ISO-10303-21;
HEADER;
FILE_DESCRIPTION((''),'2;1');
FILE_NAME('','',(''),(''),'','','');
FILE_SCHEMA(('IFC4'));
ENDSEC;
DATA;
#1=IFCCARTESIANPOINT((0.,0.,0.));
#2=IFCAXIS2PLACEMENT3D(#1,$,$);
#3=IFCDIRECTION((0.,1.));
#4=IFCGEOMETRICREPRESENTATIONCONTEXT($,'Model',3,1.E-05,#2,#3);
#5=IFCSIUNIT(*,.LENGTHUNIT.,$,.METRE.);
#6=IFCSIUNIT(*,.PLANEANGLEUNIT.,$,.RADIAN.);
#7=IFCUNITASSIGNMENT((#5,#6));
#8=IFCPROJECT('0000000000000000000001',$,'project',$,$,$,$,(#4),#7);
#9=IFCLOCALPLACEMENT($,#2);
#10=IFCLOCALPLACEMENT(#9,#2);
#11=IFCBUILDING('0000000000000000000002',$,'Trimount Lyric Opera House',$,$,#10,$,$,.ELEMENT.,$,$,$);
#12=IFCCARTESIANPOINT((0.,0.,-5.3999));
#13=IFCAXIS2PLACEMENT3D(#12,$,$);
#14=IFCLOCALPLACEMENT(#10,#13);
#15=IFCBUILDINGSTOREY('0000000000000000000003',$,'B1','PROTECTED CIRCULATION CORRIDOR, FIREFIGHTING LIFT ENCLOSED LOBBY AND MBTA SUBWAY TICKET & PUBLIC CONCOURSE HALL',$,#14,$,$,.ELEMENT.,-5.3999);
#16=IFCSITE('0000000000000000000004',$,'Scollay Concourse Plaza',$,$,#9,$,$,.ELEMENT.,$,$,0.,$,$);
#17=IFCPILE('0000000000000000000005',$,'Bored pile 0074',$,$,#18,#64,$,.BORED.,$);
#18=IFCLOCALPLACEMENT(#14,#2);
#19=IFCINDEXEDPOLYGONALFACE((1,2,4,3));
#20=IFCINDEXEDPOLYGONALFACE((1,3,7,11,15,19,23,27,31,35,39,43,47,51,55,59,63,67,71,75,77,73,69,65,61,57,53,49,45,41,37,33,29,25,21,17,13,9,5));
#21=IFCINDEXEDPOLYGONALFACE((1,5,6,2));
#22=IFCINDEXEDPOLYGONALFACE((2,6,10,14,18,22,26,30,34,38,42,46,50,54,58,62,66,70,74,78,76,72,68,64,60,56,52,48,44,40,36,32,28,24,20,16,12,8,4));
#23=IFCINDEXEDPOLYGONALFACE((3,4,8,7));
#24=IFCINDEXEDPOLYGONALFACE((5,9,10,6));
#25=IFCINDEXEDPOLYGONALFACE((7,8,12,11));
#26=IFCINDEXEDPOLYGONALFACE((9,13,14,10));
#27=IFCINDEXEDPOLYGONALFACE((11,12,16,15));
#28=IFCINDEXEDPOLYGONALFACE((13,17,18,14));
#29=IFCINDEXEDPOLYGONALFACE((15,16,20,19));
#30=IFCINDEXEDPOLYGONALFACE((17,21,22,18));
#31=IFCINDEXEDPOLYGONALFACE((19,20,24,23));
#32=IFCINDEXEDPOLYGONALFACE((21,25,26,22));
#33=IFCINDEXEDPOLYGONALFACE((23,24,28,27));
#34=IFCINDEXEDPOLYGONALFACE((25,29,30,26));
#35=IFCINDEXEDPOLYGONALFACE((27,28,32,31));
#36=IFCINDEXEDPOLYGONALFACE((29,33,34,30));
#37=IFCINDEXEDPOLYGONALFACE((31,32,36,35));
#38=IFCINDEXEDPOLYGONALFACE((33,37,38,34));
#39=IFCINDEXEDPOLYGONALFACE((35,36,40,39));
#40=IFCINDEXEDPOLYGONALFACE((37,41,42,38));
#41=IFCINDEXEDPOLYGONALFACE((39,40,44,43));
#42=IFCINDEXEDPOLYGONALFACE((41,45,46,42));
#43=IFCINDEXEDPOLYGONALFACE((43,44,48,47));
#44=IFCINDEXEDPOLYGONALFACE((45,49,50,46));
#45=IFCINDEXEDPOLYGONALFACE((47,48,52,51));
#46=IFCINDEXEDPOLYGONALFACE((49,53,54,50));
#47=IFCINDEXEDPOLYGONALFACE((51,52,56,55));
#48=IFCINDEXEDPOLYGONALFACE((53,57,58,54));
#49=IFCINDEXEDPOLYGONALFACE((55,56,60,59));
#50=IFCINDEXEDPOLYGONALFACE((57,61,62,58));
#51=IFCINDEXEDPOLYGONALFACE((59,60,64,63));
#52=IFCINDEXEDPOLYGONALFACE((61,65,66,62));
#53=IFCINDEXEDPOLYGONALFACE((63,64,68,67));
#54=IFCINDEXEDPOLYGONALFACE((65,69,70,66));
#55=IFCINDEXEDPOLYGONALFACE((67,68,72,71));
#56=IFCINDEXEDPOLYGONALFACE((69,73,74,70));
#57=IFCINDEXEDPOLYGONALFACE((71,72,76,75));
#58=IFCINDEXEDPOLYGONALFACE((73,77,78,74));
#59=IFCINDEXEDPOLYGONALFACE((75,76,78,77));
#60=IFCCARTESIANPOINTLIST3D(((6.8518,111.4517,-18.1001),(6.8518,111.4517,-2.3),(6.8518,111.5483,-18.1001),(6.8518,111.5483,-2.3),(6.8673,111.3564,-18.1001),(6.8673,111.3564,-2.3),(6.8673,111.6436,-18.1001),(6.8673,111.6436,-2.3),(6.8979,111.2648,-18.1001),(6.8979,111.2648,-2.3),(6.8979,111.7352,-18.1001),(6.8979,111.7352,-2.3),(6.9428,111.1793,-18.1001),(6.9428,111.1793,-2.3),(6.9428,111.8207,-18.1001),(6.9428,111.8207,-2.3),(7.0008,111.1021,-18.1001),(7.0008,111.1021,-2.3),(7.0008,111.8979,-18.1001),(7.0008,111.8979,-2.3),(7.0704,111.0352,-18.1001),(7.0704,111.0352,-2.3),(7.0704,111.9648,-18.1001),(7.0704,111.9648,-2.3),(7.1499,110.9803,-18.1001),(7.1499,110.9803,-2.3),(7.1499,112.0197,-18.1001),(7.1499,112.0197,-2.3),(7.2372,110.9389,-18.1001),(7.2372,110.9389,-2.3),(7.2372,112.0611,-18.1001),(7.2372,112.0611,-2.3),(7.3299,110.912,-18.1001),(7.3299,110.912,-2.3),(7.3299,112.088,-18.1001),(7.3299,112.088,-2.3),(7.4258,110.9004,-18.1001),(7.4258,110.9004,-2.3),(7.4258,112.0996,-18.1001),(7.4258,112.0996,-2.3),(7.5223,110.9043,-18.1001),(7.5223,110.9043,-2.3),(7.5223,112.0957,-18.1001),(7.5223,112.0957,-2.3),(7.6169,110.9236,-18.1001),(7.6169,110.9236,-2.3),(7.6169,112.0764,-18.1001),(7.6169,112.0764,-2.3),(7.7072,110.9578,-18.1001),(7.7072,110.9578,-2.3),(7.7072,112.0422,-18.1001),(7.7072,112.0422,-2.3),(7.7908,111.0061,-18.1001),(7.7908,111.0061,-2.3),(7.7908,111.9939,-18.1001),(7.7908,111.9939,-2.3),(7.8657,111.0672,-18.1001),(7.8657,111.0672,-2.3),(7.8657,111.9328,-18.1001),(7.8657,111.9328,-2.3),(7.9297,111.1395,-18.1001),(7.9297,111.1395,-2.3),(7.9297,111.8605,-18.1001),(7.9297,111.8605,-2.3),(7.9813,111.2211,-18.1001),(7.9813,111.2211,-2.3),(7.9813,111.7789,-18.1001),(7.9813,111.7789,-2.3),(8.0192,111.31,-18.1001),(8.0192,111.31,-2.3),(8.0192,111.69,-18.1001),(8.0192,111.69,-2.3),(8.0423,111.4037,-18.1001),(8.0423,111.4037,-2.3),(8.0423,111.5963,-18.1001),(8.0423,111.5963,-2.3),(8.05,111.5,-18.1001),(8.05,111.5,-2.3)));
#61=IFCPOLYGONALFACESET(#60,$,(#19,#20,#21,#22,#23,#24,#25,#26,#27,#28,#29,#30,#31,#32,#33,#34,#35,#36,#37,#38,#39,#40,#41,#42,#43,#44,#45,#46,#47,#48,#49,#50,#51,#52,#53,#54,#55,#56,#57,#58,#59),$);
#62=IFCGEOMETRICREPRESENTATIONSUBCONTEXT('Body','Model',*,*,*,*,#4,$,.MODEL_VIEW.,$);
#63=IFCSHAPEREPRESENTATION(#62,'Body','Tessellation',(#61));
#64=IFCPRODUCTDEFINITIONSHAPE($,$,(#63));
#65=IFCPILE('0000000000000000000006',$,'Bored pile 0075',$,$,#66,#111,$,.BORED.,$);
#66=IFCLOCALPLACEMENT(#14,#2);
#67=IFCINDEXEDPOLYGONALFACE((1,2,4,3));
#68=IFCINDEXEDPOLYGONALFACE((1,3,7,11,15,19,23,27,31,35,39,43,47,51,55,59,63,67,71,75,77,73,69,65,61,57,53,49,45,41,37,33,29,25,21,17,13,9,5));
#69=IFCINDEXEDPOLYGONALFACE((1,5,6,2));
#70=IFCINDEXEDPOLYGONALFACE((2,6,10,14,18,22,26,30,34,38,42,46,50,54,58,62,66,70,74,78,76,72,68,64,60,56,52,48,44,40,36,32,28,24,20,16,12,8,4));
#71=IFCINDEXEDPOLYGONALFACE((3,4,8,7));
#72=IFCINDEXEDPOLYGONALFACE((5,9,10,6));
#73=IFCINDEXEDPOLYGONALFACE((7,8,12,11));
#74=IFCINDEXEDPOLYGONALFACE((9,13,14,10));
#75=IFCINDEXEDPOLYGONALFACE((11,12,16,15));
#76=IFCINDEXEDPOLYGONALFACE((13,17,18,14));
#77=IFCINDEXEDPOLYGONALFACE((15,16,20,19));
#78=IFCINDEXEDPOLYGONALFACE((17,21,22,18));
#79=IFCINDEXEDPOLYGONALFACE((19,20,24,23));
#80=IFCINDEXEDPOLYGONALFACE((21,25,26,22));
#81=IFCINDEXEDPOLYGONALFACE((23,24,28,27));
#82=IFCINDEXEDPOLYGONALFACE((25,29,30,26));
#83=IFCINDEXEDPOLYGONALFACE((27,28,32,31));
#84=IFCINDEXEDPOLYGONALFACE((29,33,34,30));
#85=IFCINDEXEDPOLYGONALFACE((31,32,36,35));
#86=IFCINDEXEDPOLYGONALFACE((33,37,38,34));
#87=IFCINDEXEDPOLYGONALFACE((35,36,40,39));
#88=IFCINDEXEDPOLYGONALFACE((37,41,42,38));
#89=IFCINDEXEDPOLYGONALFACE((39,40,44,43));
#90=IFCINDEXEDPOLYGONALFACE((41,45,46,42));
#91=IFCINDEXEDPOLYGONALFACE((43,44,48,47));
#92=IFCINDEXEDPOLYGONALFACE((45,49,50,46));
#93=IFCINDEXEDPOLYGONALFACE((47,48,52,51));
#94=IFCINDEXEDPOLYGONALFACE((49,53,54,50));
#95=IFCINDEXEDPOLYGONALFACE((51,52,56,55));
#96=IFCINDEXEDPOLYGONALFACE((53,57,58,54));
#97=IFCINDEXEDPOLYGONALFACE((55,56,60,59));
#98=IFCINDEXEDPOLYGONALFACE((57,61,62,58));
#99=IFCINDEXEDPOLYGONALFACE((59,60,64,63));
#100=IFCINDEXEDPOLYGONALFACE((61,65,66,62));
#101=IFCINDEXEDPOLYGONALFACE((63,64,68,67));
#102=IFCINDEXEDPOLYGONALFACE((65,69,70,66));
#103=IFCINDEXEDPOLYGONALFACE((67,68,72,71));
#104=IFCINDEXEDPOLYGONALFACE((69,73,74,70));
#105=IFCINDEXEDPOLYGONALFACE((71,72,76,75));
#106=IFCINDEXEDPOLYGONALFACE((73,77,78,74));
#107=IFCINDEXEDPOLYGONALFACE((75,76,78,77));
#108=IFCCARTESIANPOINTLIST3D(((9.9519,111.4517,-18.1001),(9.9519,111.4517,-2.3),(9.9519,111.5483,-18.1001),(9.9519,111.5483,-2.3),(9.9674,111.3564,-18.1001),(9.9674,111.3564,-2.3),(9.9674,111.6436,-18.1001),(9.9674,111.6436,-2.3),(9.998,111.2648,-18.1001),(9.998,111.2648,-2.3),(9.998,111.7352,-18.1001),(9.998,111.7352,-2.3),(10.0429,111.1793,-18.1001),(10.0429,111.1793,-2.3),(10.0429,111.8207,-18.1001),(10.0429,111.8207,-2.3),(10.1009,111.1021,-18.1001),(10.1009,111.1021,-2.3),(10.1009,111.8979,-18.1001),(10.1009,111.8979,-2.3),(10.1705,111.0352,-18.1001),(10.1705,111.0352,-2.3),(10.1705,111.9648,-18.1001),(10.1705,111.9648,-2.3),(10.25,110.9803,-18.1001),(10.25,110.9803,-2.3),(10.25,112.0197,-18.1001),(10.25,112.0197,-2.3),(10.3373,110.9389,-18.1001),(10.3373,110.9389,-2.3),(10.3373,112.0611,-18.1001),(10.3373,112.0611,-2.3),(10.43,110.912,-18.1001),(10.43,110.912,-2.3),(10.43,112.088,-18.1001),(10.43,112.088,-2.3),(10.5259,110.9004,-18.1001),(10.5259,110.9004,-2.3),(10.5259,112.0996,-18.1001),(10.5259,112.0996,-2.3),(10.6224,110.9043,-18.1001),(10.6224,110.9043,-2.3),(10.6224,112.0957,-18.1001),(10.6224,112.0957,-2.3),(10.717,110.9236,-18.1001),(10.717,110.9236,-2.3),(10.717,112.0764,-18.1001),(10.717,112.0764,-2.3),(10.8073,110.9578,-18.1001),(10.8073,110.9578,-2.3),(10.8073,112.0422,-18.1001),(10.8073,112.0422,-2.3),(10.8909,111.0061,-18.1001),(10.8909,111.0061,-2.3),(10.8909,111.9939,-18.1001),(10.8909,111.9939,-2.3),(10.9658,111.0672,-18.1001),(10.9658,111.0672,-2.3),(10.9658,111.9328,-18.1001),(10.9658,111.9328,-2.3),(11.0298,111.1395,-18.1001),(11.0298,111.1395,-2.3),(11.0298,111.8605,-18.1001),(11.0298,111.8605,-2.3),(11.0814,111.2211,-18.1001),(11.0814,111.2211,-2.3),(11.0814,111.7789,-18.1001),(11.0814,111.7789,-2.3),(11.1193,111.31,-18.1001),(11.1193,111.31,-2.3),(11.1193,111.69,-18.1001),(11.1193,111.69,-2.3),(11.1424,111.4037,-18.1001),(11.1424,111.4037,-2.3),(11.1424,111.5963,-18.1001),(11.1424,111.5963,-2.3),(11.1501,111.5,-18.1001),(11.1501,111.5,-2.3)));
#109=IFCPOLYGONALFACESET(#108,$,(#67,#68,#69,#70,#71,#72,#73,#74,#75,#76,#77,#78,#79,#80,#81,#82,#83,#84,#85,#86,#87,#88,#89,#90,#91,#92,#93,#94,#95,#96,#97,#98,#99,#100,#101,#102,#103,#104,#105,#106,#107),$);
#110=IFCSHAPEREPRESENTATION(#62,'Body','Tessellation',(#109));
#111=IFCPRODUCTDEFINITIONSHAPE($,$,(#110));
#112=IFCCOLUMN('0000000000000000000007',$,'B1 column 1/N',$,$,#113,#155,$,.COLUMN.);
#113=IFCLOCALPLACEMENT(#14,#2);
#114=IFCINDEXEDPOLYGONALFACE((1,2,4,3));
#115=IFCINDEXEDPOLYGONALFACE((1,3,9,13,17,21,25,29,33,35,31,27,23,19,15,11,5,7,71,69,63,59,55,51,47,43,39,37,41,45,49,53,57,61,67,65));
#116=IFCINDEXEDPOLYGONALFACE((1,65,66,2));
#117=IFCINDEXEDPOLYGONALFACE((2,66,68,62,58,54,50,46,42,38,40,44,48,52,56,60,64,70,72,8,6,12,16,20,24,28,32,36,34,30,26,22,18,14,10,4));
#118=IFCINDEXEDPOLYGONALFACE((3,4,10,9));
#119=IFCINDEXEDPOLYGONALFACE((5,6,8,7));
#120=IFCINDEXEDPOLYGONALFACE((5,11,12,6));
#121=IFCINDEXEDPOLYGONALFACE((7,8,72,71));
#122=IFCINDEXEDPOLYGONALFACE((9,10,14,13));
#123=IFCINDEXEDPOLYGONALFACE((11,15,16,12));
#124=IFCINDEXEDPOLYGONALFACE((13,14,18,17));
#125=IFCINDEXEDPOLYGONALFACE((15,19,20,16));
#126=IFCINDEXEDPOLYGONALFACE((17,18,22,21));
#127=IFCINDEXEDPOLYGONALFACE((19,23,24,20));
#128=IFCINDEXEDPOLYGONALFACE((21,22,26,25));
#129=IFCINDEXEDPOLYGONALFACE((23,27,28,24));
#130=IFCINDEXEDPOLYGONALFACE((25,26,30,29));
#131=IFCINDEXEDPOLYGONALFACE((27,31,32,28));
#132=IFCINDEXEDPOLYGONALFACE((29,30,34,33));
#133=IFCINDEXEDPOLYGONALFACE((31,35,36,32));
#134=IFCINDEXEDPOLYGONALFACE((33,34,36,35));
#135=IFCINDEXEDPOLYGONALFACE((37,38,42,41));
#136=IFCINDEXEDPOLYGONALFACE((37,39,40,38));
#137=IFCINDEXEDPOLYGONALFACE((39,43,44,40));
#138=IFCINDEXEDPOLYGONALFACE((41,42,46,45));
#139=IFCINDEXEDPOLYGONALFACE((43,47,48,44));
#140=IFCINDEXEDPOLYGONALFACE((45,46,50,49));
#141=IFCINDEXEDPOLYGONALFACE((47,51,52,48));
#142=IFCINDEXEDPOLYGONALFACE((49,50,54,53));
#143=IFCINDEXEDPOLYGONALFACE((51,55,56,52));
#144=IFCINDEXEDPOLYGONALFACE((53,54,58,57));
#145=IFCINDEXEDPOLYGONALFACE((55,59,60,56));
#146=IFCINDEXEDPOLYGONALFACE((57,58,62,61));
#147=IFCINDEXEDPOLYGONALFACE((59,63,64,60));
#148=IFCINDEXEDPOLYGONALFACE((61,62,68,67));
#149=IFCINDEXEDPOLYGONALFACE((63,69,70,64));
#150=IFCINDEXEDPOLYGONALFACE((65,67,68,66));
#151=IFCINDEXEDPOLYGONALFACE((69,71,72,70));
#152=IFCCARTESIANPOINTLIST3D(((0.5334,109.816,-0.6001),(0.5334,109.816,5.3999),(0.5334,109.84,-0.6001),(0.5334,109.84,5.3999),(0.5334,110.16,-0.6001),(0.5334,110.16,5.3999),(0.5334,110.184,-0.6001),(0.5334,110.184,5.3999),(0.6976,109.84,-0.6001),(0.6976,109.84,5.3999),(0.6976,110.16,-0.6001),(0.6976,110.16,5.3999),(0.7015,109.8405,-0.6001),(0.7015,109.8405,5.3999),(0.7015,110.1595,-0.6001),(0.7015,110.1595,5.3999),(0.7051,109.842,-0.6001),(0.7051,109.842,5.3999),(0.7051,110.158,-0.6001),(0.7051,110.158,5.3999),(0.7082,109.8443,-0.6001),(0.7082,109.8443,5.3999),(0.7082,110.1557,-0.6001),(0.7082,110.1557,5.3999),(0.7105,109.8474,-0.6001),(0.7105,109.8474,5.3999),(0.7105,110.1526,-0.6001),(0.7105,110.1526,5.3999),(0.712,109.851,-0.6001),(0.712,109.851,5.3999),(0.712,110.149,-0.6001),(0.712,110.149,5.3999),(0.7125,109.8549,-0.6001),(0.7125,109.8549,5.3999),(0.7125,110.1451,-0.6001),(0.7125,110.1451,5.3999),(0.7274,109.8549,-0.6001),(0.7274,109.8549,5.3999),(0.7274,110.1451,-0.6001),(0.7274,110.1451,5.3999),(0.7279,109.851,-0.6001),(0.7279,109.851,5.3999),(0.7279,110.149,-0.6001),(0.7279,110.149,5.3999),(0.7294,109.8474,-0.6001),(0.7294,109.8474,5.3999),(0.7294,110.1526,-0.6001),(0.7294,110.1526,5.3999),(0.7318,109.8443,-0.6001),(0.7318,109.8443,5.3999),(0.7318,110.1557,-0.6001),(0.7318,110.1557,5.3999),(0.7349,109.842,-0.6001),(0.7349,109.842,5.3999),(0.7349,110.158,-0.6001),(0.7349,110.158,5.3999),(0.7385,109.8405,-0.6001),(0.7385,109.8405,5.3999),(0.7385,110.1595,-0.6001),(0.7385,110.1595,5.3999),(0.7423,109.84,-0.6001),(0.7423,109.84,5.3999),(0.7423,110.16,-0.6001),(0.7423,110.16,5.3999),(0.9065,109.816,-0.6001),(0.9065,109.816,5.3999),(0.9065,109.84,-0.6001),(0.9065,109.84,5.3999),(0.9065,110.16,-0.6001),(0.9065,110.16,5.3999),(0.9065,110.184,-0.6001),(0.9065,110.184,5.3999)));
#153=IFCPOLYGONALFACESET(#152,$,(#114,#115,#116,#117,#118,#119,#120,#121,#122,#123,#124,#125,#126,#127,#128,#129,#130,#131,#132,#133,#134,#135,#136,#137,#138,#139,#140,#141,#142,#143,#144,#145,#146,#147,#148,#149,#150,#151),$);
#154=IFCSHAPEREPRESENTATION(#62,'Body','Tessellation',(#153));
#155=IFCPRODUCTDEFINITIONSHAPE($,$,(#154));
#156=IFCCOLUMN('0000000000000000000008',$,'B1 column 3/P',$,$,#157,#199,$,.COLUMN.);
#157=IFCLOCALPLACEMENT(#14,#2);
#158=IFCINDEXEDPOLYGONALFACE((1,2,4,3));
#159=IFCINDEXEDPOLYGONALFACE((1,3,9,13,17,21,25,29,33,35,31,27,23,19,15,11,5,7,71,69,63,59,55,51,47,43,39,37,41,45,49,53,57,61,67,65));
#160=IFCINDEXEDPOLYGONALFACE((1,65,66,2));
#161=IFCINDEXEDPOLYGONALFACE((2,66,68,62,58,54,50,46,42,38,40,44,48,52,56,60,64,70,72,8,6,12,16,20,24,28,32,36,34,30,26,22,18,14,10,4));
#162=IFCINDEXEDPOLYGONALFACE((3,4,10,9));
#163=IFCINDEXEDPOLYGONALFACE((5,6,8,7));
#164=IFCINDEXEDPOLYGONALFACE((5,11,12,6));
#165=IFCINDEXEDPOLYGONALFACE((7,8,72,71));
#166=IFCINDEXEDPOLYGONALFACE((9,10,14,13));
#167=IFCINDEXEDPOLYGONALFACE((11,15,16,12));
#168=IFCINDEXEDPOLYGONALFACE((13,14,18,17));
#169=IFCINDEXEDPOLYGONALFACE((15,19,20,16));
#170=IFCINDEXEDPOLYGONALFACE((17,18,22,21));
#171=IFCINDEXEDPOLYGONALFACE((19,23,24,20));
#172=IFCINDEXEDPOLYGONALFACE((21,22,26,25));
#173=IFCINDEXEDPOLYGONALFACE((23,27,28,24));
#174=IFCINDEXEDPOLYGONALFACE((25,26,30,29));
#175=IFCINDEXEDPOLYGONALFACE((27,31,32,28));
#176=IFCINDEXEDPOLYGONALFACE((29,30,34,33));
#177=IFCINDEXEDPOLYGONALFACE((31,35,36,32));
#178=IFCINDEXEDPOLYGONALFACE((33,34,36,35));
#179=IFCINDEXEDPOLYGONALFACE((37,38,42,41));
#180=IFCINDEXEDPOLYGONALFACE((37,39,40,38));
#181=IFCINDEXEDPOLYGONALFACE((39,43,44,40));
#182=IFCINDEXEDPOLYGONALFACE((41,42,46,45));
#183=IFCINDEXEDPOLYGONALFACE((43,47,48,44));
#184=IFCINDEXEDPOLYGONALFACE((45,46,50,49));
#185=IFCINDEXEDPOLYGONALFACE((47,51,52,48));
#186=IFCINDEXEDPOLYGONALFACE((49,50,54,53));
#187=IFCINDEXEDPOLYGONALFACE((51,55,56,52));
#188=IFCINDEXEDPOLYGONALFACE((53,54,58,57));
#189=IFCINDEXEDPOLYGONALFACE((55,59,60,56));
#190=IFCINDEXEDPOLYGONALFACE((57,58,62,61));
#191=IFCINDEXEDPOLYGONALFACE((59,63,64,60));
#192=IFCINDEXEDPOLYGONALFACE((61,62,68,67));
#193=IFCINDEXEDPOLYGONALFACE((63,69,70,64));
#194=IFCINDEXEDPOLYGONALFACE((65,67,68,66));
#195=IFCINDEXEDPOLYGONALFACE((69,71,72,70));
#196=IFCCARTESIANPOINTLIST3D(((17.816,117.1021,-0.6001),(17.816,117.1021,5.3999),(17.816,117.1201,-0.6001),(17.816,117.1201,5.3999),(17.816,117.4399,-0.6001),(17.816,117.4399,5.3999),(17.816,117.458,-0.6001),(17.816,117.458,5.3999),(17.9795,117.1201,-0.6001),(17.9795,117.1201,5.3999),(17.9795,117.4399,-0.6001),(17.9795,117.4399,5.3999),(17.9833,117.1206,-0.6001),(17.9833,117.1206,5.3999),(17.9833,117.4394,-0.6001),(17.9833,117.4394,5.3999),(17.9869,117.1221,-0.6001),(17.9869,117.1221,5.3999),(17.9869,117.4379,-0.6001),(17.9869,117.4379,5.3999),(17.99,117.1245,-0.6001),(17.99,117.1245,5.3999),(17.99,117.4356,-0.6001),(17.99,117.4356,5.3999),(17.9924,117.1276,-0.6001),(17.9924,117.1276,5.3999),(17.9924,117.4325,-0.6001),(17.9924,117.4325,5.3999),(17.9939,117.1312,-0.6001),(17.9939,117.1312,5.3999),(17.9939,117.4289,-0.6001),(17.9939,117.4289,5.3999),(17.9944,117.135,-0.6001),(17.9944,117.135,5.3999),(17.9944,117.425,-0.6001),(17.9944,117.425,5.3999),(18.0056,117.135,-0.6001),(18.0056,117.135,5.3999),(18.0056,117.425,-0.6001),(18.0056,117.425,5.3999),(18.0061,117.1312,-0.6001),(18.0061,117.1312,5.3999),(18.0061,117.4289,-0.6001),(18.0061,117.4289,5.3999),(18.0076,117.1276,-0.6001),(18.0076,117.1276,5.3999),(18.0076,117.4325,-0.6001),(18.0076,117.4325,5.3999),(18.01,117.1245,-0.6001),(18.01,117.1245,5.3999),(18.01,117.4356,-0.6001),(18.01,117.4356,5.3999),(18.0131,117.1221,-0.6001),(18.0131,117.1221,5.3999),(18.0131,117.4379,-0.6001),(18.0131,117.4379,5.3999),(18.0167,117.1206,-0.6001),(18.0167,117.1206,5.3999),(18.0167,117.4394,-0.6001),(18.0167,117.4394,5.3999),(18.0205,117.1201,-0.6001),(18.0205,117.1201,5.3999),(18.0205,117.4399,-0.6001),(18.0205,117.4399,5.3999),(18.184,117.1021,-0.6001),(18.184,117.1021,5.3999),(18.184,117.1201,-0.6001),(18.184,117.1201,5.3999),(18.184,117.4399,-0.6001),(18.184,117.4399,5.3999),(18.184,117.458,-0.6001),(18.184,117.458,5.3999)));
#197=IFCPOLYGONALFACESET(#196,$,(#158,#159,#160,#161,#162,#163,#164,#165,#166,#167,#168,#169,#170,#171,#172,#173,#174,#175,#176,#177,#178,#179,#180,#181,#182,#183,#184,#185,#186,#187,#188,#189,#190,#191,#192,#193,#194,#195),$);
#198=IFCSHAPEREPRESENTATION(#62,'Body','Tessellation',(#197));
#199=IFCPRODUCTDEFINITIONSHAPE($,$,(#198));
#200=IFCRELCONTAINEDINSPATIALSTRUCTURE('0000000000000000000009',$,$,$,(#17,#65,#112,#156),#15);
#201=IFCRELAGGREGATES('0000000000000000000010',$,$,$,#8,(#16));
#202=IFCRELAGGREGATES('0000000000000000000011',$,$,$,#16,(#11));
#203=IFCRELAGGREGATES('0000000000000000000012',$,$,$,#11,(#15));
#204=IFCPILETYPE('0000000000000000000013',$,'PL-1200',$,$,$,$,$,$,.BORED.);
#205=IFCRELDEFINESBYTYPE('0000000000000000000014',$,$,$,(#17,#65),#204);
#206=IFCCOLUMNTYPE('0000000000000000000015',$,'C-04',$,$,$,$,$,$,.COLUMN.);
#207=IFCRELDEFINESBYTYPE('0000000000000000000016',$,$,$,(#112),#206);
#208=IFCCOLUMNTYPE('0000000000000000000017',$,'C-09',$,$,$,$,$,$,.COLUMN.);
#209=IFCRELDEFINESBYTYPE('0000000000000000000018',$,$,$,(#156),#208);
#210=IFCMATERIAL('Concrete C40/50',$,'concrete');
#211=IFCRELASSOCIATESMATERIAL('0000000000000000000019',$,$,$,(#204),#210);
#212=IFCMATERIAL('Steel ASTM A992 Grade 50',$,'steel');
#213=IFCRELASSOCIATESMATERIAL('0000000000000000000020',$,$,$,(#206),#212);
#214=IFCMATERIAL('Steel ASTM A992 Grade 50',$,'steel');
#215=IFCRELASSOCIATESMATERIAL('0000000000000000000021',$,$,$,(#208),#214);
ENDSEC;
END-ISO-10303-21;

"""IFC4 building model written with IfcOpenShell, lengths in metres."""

from ifc_helpers import new_model, si_unit, direction, frame, origin, origin_2d, place, context, subcontext, project, spatial, circle, i_section, extrude, material, material_profile, profile_set, type_object, element, save


model = new_model("IFC4")

# Units and contexts
model_context = context("Model", 3, precision=1e-05, world=origin(), true_north=direction((0.0, 1.0)))
body_context = subcontext(model_context, "Body", "Model", "MODEL_VIEW")
ifc_project = project(units=[si_unit("LENGTHUNIT", "METRE"), si_unit("PLANEANGLEUNIT", "RADIAN")], contexts=[model_context])

# Site, building, storey
site_placement = place(None, origin())
site = spatial("IfcSite", under=ifc_project, at=site_placement, Name="Scollay Concourse Plaza", CompositionType="ELEMENT", RefElevation=0.0)
building_placement = place(site_placement, origin())
building = spatial("IfcBuilding", under=site, at=building_placement, Name="Trimount Lyric Opera House", CompositionType="ELEMENT")
storey_placement = place(building_placement, frame((0.0, 0.0, -5.3999)))
storey = spatial("IfcBuildingStorey", under=building, at=storey_placement, Name="B1", Description="PROTECTED CIRCULATION CORRIDOR, FIREFIGHTING LIFT ENCLOSED LOBBY AND MBTA SUBWAY TICKET & PUBLIC CONCOURSE HALL", CompositionType="ELEMENT", Elevation=-5.3999)

# Piles
ifc_material_1 = material(Name="Concrete C40/50", Category="concrete")
ifc_material_profile_1 = material_profile(ifc_material_1, circle(Radius=0.6001, at=origin_2d()), Name="PILE-D1200")
ifc_profile_set_1 = profile_set([ifc_material_profile_1], Name="Concrete C40/50")
pile_type_1 = type_object("IfcPileType", Name="PL-1200", PredefinedType="BORED", material=ifc_profile_set_1)
for number, where, z_axis, x_axis, name in (
    (1, (7.45, 111.5, -2.3), (0.0, 0.0, -1.0), (1.0, 0.0, 0.0), "Bored pile 0074"),
    (2, (10.55, 111.5, -2.3), (0.0, 0.0, -1.0), (1.0, 0.0, 0.0), "Bored pile 0075"),
):
    element("IfcPile", number, at=place(storey_placement, frame(where, z_axis=z_axis, x_axis=x_axis)), inside=storey, type_object=pile_type_1, Name=name, PredefinedType="BORED", context=body_context, shape_type="SweptSolid", body=[
        extrude(circle(Radius=0.6001, at=origin_2d()), origin(), (0.0, 0.0, 1.0), 15.8),
    ])

# Columns
ifc_material_2 = material(Name="Steel ASTM A992 Grade 50", Category="steel")
ifc_material_profile_2 = material_profile(ifc_material_2, i_section(OverallWidth=0.373, OverallDepth=0.3679, WebThickness=0.0149, FlangeThickness=0.0239, FilletRadius=0.0149, at=origin_2d()), Name="W14X120")
ifc_profile_set_2 = profile_set([ifc_material_profile_2], Name="Steel ASTM A992 Grade 50")
column_type_1 = type_object("IfcColumnType", Name="C-04", PredefinedType="COLUMN", material=ifc_profile_set_2)
column_1_placement = place(storey_placement, frame((0.72, 110.0, -0.6001), z_axis=(0.0, 0.0, 1.0), x_axis=(1.0, 0.0, 0.0)))
element("IfcColumn", 3, at=column_1_placement, inside=storey, type_object=column_type_1, Name="B1 column 1/N", PredefinedType="COLUMN", context=body_context, shape_type="SweptSolid", body=[
    extrude(i_section(OverallWidth=0.373, OverallDepth=0.3679, WebThickness=0.0149, FlangeThickness=0.0239, FilletRadius=0.0149, at=origin_2d()), origin(), (0.0, 0.0, 1.0), 6.0),
])
ifc_material_3 = material(Name="Steel ASTM A992 Grade 50", Category="steel")
ifc_material_profile_3 = material_profile(ifc_material_3, i_section(OverallWidth=0.3679, OverallDepth=0.356, WebThickness=0.0112, FlangeThickness=0.0181, FilletRadius=0.0149, at=origin_2d()), Name="W14X90")
ifc_profile_set_3 = profile_set([ifc_material_profile_3], Name="Steel ASTM A992 Grade 50")
column_type_2 = type_object("IfcColumnType", Name="C-09", PredefinedType="COLUMN", material=ifc_profile_set_3)
column_2_placement = place(storey_placement, frame((18.0, 117.28, -0.6001), z_axis=(0.0, 0.0, 1.0), x_axis=(1.0, 0.0, 0.0)))
element("IfcColumn", 4, at=column_2_placement, inside=storey, type_object=column_type_2, Name="B1 column 3/P", PredefinedType="COLUMN", context=body_context, shape_type="SweptSolid", body=[
    extrude(i_section(OverallWidth=0.3679, OverallDepth=0.356, WebThickness=0.0112, FlangeThickness=0.0181, FilletRadius=0.0149, at=origin_2d()), origin(), (0.0, 0.0, 1.0), 6.0),
])

save(model, "model.ifc")
